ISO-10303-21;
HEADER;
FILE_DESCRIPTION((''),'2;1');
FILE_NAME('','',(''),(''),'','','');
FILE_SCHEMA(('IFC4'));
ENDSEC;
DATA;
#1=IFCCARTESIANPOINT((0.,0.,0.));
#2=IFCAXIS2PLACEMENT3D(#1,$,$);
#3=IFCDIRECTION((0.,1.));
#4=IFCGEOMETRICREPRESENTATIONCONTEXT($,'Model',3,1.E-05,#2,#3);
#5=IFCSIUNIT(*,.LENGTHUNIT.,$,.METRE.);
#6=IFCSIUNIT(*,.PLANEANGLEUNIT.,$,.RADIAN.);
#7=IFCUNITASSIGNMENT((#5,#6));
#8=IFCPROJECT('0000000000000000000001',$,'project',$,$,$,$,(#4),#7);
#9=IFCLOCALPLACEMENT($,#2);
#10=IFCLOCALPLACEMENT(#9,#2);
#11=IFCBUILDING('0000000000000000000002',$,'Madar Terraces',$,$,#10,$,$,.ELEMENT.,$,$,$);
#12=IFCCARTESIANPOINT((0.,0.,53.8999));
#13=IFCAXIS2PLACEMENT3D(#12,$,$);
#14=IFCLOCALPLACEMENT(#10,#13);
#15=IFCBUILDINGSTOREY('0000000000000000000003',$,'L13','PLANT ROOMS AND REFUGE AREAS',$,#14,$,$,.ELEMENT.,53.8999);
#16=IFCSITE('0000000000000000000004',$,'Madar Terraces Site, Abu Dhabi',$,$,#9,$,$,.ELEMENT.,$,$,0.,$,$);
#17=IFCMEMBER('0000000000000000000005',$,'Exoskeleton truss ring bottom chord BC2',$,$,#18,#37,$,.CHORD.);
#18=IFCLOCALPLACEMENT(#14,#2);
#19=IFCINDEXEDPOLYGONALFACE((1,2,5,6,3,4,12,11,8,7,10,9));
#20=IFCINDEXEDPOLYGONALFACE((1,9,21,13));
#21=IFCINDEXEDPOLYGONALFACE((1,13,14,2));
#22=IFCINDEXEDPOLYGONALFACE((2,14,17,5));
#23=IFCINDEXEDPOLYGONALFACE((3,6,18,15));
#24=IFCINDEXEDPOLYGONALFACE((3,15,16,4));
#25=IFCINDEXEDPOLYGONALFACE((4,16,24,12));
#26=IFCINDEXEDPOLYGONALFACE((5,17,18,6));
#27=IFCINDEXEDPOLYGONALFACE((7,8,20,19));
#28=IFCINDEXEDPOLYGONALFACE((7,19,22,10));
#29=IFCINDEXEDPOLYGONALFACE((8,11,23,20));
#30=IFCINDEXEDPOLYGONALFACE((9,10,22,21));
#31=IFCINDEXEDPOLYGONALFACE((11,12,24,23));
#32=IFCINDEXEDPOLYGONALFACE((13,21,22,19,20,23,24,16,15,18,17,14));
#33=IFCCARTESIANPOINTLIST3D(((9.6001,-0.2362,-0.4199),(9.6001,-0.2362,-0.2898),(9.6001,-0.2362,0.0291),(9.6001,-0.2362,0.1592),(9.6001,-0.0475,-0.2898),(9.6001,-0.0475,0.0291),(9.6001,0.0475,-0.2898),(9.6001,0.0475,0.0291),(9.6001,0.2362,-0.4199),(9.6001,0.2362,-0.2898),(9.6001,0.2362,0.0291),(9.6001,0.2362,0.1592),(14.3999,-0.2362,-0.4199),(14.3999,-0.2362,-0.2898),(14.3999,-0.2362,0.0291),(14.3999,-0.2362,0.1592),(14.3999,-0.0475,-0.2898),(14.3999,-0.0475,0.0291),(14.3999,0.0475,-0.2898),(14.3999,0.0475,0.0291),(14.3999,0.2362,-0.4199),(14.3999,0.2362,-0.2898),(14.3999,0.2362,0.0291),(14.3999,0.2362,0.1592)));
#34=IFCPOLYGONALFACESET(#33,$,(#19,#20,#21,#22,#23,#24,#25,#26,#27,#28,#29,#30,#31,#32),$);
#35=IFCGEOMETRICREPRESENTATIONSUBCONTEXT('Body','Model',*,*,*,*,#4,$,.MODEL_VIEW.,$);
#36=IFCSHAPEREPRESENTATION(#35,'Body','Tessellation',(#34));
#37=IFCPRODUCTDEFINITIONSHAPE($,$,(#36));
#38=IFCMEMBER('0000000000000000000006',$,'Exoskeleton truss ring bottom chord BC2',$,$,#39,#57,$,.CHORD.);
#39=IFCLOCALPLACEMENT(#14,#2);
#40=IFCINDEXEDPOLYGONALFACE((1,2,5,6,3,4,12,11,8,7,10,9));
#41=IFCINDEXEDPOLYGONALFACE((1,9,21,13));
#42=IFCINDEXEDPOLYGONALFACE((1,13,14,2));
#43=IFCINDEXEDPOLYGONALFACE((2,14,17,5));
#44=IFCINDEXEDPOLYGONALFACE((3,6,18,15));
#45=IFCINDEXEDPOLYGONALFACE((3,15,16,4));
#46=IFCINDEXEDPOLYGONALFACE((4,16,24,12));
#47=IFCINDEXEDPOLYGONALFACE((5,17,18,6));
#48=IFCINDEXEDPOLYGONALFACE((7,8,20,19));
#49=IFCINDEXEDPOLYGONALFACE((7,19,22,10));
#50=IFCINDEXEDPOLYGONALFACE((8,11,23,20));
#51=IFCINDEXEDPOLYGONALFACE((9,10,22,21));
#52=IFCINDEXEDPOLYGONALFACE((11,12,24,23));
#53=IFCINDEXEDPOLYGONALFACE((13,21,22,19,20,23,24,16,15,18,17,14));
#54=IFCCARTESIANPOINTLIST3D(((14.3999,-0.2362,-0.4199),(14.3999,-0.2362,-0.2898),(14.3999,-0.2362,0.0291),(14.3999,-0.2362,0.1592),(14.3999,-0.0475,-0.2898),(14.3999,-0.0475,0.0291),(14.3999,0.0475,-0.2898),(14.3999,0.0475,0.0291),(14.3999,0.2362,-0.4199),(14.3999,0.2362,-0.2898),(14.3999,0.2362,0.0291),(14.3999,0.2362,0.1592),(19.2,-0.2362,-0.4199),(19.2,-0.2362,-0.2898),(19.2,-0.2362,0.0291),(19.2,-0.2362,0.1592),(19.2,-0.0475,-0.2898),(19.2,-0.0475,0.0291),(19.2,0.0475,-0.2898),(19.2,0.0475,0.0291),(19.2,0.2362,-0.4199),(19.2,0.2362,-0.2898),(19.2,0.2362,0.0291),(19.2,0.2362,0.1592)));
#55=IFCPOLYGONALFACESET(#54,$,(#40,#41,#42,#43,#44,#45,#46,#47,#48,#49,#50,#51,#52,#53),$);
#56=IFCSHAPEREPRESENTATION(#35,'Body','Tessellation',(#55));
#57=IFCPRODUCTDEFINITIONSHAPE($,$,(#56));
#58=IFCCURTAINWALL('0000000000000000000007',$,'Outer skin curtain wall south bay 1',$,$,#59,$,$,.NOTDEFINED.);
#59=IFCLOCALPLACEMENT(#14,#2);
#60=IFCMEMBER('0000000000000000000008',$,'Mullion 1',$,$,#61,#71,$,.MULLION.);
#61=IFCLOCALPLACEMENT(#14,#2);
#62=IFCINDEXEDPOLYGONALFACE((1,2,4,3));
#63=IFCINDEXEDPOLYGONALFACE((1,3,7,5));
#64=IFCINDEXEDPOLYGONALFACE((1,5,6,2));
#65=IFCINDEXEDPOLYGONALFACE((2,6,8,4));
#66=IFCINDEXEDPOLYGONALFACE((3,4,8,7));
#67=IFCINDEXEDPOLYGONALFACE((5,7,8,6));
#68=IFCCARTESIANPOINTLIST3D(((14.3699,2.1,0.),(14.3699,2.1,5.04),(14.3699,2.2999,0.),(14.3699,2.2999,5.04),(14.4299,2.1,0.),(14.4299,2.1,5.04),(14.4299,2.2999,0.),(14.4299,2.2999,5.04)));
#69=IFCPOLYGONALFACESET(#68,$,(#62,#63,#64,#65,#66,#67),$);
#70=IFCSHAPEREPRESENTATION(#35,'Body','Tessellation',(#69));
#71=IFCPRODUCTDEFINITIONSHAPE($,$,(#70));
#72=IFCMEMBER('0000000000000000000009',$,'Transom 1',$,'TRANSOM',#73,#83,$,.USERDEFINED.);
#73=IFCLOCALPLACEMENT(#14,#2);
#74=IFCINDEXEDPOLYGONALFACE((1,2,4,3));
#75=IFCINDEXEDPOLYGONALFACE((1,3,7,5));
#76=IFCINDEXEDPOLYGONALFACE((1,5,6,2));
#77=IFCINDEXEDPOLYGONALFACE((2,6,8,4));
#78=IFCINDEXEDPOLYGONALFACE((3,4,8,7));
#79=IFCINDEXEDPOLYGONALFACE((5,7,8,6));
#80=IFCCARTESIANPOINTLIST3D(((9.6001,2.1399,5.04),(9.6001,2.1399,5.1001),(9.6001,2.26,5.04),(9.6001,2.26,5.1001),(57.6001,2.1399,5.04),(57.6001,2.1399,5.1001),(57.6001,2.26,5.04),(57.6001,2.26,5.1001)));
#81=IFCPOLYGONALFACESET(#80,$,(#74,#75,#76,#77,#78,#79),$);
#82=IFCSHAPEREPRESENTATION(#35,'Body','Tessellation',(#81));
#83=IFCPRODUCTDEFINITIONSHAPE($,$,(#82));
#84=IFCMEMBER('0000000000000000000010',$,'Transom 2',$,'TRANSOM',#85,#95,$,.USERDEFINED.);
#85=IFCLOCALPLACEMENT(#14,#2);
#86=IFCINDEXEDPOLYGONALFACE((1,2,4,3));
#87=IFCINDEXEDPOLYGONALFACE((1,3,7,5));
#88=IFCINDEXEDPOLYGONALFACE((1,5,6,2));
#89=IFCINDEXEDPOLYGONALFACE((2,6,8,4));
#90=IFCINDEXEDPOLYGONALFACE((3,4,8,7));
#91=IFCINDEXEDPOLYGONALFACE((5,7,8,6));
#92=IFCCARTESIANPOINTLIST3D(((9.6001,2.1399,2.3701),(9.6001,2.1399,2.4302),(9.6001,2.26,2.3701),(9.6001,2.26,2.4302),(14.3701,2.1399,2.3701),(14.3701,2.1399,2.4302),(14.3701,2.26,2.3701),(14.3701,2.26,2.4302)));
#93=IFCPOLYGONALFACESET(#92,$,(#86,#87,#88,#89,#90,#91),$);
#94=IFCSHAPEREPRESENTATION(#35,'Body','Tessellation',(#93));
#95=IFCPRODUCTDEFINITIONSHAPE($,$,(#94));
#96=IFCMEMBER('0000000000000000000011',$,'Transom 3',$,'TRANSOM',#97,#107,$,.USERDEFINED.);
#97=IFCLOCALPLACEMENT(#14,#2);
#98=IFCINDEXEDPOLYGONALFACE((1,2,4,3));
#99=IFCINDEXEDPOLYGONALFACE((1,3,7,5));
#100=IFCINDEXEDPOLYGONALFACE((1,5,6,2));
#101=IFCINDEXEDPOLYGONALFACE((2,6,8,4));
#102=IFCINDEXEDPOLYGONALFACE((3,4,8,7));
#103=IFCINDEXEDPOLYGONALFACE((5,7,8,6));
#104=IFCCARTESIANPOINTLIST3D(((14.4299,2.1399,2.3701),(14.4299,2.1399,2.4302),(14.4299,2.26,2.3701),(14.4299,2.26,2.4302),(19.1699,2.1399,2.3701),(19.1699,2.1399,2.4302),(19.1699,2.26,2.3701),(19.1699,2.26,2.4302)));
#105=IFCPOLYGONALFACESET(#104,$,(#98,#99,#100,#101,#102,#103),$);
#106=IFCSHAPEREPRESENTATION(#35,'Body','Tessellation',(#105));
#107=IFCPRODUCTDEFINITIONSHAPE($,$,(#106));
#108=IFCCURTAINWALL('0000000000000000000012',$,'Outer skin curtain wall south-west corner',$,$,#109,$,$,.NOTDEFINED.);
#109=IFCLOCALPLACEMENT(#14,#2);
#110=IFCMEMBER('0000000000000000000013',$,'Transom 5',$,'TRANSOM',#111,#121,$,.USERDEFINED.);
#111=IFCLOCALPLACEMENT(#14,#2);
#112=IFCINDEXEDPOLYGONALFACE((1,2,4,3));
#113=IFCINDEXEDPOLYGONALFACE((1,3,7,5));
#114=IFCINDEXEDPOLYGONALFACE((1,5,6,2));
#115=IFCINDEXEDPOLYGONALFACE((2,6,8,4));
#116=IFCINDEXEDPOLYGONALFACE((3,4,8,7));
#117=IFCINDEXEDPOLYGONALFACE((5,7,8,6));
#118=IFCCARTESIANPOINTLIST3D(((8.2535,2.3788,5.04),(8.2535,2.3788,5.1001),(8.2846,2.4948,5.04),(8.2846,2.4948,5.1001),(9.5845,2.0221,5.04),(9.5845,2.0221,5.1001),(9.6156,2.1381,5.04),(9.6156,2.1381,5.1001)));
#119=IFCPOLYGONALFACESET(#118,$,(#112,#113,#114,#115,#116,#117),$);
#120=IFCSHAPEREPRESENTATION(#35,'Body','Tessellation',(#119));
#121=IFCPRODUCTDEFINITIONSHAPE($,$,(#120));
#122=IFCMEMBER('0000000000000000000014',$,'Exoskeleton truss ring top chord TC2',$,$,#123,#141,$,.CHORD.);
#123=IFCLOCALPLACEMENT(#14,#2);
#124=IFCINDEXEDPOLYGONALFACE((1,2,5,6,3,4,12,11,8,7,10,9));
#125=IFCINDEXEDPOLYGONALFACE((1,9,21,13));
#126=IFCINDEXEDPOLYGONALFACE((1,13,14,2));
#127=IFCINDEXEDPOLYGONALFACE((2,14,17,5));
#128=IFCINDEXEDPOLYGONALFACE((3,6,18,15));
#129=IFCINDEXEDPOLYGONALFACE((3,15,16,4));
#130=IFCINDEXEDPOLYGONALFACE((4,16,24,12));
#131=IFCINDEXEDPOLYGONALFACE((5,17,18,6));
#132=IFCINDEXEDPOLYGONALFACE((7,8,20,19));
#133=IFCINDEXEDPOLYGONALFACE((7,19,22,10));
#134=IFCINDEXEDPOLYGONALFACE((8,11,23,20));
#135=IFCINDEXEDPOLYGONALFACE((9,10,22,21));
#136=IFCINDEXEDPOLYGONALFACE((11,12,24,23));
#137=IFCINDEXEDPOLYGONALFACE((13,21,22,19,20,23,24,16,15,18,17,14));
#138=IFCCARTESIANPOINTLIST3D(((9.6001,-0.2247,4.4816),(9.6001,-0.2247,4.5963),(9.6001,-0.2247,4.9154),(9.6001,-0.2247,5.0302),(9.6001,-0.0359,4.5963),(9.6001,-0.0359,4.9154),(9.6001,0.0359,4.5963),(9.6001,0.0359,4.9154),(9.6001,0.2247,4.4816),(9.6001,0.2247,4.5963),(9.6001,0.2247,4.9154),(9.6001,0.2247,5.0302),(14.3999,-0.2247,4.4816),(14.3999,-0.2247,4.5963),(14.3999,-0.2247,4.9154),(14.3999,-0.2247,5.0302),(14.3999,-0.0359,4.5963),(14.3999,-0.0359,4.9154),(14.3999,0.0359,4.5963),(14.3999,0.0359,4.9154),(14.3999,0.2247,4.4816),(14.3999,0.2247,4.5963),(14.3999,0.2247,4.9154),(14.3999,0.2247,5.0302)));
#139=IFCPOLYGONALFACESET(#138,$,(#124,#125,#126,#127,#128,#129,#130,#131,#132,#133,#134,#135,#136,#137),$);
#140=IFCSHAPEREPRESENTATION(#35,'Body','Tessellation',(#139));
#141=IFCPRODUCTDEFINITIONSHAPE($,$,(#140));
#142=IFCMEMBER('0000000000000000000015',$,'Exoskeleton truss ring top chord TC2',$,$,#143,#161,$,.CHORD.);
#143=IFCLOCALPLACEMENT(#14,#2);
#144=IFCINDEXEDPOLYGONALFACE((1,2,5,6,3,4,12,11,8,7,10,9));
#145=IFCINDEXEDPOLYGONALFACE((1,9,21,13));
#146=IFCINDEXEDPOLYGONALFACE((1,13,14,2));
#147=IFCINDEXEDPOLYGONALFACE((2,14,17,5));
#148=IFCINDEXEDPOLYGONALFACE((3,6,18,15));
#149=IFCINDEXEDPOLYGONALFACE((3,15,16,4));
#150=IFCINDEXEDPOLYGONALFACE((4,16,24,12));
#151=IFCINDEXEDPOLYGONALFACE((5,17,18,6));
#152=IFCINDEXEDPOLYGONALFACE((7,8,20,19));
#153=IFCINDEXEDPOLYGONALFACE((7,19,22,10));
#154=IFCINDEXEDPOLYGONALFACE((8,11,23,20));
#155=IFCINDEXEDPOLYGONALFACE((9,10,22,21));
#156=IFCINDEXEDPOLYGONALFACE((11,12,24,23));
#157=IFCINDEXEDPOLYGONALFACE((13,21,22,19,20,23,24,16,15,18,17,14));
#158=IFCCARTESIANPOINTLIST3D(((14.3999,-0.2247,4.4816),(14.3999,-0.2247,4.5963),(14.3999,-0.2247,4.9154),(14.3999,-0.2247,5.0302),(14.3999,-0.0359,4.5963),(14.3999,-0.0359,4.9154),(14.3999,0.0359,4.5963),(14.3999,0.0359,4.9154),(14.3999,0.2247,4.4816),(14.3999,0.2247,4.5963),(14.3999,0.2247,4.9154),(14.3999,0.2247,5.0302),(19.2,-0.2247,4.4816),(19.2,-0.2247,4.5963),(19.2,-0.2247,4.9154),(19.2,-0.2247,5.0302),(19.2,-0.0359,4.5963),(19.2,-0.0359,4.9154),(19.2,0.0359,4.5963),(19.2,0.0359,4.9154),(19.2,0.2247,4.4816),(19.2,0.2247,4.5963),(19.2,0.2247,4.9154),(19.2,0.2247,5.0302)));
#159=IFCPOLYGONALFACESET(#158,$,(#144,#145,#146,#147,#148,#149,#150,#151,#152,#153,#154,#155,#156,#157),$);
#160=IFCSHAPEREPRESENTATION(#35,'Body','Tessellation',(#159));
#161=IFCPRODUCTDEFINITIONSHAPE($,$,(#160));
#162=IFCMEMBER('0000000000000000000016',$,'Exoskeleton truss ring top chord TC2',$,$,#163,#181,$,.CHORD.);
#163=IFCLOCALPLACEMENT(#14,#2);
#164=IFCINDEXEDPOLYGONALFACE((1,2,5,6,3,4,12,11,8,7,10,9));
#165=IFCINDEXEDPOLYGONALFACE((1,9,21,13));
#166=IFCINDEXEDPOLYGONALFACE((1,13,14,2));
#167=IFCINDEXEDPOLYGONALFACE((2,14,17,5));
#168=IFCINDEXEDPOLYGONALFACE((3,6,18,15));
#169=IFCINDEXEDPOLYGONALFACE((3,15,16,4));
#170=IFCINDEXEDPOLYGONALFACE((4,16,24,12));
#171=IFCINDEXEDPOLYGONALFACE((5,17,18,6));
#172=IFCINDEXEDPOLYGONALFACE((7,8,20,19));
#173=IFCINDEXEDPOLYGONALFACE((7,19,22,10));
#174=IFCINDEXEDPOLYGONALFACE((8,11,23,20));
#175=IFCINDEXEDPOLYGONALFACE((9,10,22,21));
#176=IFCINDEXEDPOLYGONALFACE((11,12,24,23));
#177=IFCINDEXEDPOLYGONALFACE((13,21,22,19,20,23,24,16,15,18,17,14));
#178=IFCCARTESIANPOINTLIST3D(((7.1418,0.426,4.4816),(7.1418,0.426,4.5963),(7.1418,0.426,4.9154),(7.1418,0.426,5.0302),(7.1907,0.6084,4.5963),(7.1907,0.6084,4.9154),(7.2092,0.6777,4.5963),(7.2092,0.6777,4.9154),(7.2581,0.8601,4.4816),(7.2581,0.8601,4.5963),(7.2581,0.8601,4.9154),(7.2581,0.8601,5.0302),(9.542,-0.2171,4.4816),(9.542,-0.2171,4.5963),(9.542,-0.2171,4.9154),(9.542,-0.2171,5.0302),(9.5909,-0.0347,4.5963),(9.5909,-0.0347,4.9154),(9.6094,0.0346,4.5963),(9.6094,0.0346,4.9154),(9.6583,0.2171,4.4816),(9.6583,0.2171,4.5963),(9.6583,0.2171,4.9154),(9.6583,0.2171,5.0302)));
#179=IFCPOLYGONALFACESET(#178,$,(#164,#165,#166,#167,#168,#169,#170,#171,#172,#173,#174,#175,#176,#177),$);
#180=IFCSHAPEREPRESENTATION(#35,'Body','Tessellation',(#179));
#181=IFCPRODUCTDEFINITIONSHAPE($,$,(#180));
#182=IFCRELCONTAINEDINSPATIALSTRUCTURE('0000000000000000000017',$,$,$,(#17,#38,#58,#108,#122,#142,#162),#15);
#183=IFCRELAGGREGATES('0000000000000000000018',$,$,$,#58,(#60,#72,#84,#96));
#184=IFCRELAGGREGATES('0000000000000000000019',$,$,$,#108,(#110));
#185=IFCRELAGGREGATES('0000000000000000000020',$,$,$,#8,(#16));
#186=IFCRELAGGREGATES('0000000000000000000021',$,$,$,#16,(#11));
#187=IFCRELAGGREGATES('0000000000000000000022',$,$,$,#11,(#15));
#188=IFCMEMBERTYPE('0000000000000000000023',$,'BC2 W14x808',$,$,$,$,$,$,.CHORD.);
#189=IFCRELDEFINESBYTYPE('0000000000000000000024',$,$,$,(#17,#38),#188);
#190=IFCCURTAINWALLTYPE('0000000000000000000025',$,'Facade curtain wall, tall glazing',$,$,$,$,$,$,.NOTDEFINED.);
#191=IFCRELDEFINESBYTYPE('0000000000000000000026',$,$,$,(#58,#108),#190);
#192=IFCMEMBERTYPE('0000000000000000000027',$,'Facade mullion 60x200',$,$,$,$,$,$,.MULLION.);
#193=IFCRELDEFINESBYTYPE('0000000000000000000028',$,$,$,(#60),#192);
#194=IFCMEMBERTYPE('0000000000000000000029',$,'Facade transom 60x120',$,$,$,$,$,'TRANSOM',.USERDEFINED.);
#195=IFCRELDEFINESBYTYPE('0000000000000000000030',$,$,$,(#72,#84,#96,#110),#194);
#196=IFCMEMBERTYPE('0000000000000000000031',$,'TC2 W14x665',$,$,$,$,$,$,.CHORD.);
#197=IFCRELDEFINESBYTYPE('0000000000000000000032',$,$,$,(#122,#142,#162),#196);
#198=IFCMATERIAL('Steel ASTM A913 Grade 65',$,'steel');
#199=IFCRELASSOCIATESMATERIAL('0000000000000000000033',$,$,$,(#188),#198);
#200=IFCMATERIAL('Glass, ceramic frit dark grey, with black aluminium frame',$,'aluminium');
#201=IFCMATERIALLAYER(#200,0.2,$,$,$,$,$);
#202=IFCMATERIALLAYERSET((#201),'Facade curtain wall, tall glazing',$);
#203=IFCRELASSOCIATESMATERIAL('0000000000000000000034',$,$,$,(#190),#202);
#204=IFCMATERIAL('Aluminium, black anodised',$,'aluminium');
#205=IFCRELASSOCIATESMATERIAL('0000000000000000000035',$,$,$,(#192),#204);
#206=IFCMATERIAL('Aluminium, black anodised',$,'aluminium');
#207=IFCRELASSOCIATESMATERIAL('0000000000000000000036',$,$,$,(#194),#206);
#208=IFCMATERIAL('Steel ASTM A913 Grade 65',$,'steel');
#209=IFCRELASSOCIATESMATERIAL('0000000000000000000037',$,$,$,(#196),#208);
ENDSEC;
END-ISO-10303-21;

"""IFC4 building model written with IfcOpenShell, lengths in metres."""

from ifc_helpers import new_model, si_unit, direction, frame, origin, origin_2d, place, context, subcontext, project, spatial, rectangle, i_section, extrude, material, layer, layer_set, material_profile, profile_set, type_object, element, aggregate, save


model = new_model("IFC4")

# Units and contexts
model_context = context("Model", 3, precision=1e-05, world=origin(), true_north=direction((0.0, 1.0)))
body_context = subcontext(model_context, "Body", "Model", "MODEL_VIEW")
ifc_project = project(units=[si_unit("LENGTHUNIT", "METRE"), si_unit("PLANEANGLEUNIT", "RADIAN")], contexts=[model_context])

# Site, building, storey
site_placement = place(None, origin())
site = spatial("IfcSite", under=ifc_project, at=site_placement, Name="Madar Terraces Site, Abu Dhabi", CompositionType="ELEMENT", RefElevation=0.0)
building_placement = place(site_placement, origin())
building = spatial("IfcBuilding", under=site, at=building_placement, Name="Madar Terraces", CompositionType="ELEMENT")
storey_placement = place(building_placement, frame((0.0, 0.0, 53.8999)))
storey = spatial("IfcBuildingStorey", under=building, at=storey_placement, Name="L13", Description="PLANT ROOMS AND REFUGE AREAS", CompositionType="ELEMENT", Elevation=53.8999)

# Members
ifc_material_1 = material(Name="Steel ASTM A913 Grade 65", Category="steel")
ifc_material_profile_1 = material_profile(ifc_material_1, i_section(OverallWidth=0.4724, OverallDepth=0.5791, WebThickness=0.095, FlangeThickness=0.1301, at=origin_2d()), Name="W14x808")
ifc_profile_set_1 = profile_set([ifc_material_profile_1], Name="Steel ASTM A913 Grade 65")
member_type_1 = type_object("IfcMemberType", Name="BC2 W14x808", PredefinedType="CHORD", material=ifc_profile_set_1)
member_1_placement = place(storey_placement, frame((9.6001, 0.0, -0.1304), z_axis=(1.0, 0.0, 0.0), x_axis=(0.0, 1.0, 0.0)))
element("IfcMember", 1, at=member_1_placement, inside=storey, type_object=member_type_1, Name="Exoskeleton truss ring bottom chord BC2", PredefinedType="CHORD", context=body_context, shape_type="SweptSolid", body=[
    extrude(i_section(OverallWidth=0.4724, OverallDepth=0.5791, WebThickness=0.095, FlangeThickness=0.1301, at=origin_2d()), origin(), (0.0, 0.0, 1.0), 4.7998),
])
member_2_placement = place(storey_placement, frame((14.3999, 0.0, -0.1304), z_axis=(1.0, 0.0, 0.0), x_axis=(0.0, 1.0, 0.0)))
element("IfcMember", 2, at=member_2_placement, inside=storey, type_object=member_type_1, Name="Exoskeleton truss ring bottom chord BC2", PredefinedType="CHORD", context=body_context, shape_type="SweptSolid", body=[
    extrude(i_section(OverallWidth=0.4724, OverallDepth=0.5791, WebThickness=0.095, FlangeThickness=0.1301, at=origin_2d()), origin(), (0.0, 0.0, 1.0), 4.8),
])

# Curtain wall, members
ifc_material_2 = material(Name="Glass, ceramic frit dark grey, with black aluminium frame", Category="aluminium")
ifc_layer_1 = layer(ifc_material_2, 0.2)
ifc_layer_set_1 = layer_set([ifc_layer_1], Name="Facade curtain wall, tall glazing")
curtain_wall_type = type_object("IfcCurtainWallType", Name="Facade curtain wall, tall glazing", PredefinedType="NOTDEFINED", material=ifc_layer_set_1)
curtain_wall_1_placement = place(storey_placement, origin())
curtain_wall_1 = element("IfcCurtainWall", 3, at=curtain_wall_1_placement, inside=storey, type_object=curtain_wall_type, Name="Outer skin curtain wall south bay 1", PredefinedType="NOTDEFINED")
ifc_material_3 = material(Name="Aluminium, black anodised", Category="aluminium")
ifc_material_profile_2 = material_profile(ifc_material_3, rectangle(XDim=0.2, YDim=0.0601, at=origin_2d()), Name="Facade mullion 60x200")
ifc_profile_set_2 = profile_set([ifc_material_profile_2], Name="Aluminium, black anodised")
member_type_2 = type_object("IfcMemberType", Name="Facade mullion 60x200", PredefinedType="MULLION", material=ifc_profile_set_2)
member_3_placement = place(storey_placement, frame((14.3999, 2.2, 0.0), z_axis=(0.0, 0.0, 1.0), x_axis=(0.0, 1.0, 0.0)))
member_3 = element("IfcMember", 4, at=member_3_placement, type_object=member_type_2, Name="Mullion 1", PredefinedType="MULLION", context=body_context, shape_type="SweptSolid", body=[
    extrude(rectangle(XDim=0.2, YDim=0.0601, at=origin_2d()), origin(), (0.0, 0.0, 1.0), 5.04),
])
ifc_material_4 = material(Name="Aluminium, black anodised", Category="aluminium")
ifc_material_profile_3 = material_profile(ifc_material_4, rectangle(XDim=0.1201, YDim=0.0601, at=origin_2d()), Name="Facade transom 60x120")
ifc_profile_set_3 = profile_set([ifc_material_profile_3], Name="Aluminium, black anodised")
member_type_3 = type_object("IfcMemberType", Name="Facade transom 60x120", ElementType="TRANSOM", PredefinedType="USERDEFINED", material=ifc_profile_set_3)
member_4_placement = place(storey_placement, frame((9.6001, 2.2, 5.0701), z_axis=(1.0, 0.0, 0.0), x_axis=(0.0, 1.0, 0.0)))
member_4 = element("IfcMember", 5, at=member_4_placement, type_object=member_type_3, Name="Transom 1", ObjectType="TRANSOM", PredefinedType="USERDEFINED", context=body_context, shape_type="SweptSolid", body=[
    extrude(rectangle(XDim=0.1201, YDim=0.0601, at=origin_2d()), origin(), (0.0, 0.0, 1.0), 48.0),
])
member_5_placement = place(storey_placement, frame((9.6001, 2.2, 2.4001), z_axis=(1.0, 0.0, 0.0), x_axis=(0.0, 1.0, 0.0)))
member_5 = element("IfcMember", 6, at=member_5_placement, type_object=member_type_3, Name="Transom 2", ObjectType="TRANSOM", PredefinedType="USERDEFINED", context=body_context, shape_type="SweptSolid", body=[
    extrude(rectangle(XDim=0.1201, YDim=0.0601, at=origin_2d()), origin(), (0.0, 0.0, 1.0), 4.77),
])
member_6_placement = place(storey_placement, frame((14.4299, 2.2, 2.4001), z_axis=(1.0, 0.0, 0.0), x_axis=(0.0, 1.0, 0.0)))
member_6 = element("IfcMember", 7, at=member_6_placement, type_object=member_type_3, Name="Transom 3", ObjectType="TRANSOM", PredefinedType="USERDEFINED", context=body_context, shape_type="SweptSolid", body=[
    extrude(rectangle(XDim=0.1201, YDim=0.0601, at=origin_2d()), origin(), (0.0, 0.0, 1.0), 4.74),
])

# Curtain wall, member
curtain_wall_2_placement = place(storey_placement, origin())
curtain_wall_2 = element("IfcCurtainWall", 8, at=curtain_wall_2_placement, inside=storey, type_object=curtain_wall_type, Name="Outer skin curtain wall south-west corner", PredefinedType="NOTDEFINED")
member_7_placement = place(storey_placement, frame((8.269, 2.4368, 5.0701), z_axis=(0.96592, -0.258842, 0.0), x_axis=(0.258842, 0.96592, 0.0)))
member_7 = element("IfcMember", 9, at=member_7_placement, type_object=member_type_3, Name="Transom 5", ObjectType="TRANSOM", PredefinedType="USERDEFINED", context=body_context, shape_type="SweptSolid", body=[
    extrude(rectangle(XDim=0.1201, YDim=0.0601, at=origin_2d()), origin(), (0.0, 0.0, 1.0), 1.3779),
])

# Members
ifc_material_5 = material(Name="Steel ASTM A913 Grade 65", Category="steel")
ifc_material_profile_4 = material_profile(ifc_material_5, i_section(OverallWidth=0.4495, OverallDepth=0.5486, WebThickness=0.0718, FlangeThickness=0.1147, at=origin_2d()), Name="W14x665")
ifc_profile_set_4 = profile_set([ifc_material_profile_4], Name="Steel ASTM A913 Grade 65")
member_type_4 = type_object("IfcMemberType", Name="TC2 W14x665", PredefinedType="CHORD", material=ifc_profile_set_4)
member_8_placement = place(storey_placement, frame((9.6001, 0.0, 4.7559), z_axis=(1.0, 0.0, 0.0), x_axis=(0.0, 1.0, 0.0)))
element("IfcMember", 10, at=member_8_placement, inside=storey, type_object=member_type_4, Name="Exoskeleton truss ring top chord TC2", PredefinedType="CHORD", context=body_context, shape_type="SweptSolid", body=[
    extrude(i_section(OverallWidth=0.4495, OverallDepth=0.5486, WebThickness=0.0718, FlangeThickness=0.1147, at=origin_2d()), origin(), (0.0, 0.0, 1.0), 4.7998),
])
member_9_placement = place(storey_placement, frame((14.3999, 0.0, 4.7559), z_axis=(1.0, 0.0, 0.0), x_axis=(0.0, 1.0, 0.0)))
element("IfcMember", 11, at=member_9_placement, inside=storey, type_object=member_type_4, Name="Exoskeleton truss ring top chord TC2", PredefinedType="CHORD", context=body_context, shape_type="SweptSolid", body=[
    extrude(i_section(OverallWidth=0.4495, OverallDepth=0.5486, WebThickness=0.0718, FlangeThickness=0.1147, at=origin_2d()), origin(), (0.0, 0.0, 1.0), 4.8),
])
member_10_placement = place(storey_placement, frame((7.2, 0.6431, 4.7559), z_axis=(0.965931, -0.2588, 0.0), x_axis=(0.2588, 0.965931, 0.0)))
element("IfcMember", 12, at=member_10_placement, inside=storey, type_object=member_type_4, Name="Exoskeleton truss ring top chord TC2", PredefinedType="CHORD", context=body_context, shape_type="SweptSolid", body=[
    extrude(i_section(OverallWidth=0.4495, OverallDepth=0.5486, WebThickness=0.0718, FlangeThickness=0.1147, at=origin_2d()), origin(), (0.0, 0.0, 1.0), 2.4849),
])

aggregate(curtain_wall_1, [member_3, member_4, member_5, member_6])
aggregate(curtain_wall_2, [member_7])

save(model, "model.ifc")
